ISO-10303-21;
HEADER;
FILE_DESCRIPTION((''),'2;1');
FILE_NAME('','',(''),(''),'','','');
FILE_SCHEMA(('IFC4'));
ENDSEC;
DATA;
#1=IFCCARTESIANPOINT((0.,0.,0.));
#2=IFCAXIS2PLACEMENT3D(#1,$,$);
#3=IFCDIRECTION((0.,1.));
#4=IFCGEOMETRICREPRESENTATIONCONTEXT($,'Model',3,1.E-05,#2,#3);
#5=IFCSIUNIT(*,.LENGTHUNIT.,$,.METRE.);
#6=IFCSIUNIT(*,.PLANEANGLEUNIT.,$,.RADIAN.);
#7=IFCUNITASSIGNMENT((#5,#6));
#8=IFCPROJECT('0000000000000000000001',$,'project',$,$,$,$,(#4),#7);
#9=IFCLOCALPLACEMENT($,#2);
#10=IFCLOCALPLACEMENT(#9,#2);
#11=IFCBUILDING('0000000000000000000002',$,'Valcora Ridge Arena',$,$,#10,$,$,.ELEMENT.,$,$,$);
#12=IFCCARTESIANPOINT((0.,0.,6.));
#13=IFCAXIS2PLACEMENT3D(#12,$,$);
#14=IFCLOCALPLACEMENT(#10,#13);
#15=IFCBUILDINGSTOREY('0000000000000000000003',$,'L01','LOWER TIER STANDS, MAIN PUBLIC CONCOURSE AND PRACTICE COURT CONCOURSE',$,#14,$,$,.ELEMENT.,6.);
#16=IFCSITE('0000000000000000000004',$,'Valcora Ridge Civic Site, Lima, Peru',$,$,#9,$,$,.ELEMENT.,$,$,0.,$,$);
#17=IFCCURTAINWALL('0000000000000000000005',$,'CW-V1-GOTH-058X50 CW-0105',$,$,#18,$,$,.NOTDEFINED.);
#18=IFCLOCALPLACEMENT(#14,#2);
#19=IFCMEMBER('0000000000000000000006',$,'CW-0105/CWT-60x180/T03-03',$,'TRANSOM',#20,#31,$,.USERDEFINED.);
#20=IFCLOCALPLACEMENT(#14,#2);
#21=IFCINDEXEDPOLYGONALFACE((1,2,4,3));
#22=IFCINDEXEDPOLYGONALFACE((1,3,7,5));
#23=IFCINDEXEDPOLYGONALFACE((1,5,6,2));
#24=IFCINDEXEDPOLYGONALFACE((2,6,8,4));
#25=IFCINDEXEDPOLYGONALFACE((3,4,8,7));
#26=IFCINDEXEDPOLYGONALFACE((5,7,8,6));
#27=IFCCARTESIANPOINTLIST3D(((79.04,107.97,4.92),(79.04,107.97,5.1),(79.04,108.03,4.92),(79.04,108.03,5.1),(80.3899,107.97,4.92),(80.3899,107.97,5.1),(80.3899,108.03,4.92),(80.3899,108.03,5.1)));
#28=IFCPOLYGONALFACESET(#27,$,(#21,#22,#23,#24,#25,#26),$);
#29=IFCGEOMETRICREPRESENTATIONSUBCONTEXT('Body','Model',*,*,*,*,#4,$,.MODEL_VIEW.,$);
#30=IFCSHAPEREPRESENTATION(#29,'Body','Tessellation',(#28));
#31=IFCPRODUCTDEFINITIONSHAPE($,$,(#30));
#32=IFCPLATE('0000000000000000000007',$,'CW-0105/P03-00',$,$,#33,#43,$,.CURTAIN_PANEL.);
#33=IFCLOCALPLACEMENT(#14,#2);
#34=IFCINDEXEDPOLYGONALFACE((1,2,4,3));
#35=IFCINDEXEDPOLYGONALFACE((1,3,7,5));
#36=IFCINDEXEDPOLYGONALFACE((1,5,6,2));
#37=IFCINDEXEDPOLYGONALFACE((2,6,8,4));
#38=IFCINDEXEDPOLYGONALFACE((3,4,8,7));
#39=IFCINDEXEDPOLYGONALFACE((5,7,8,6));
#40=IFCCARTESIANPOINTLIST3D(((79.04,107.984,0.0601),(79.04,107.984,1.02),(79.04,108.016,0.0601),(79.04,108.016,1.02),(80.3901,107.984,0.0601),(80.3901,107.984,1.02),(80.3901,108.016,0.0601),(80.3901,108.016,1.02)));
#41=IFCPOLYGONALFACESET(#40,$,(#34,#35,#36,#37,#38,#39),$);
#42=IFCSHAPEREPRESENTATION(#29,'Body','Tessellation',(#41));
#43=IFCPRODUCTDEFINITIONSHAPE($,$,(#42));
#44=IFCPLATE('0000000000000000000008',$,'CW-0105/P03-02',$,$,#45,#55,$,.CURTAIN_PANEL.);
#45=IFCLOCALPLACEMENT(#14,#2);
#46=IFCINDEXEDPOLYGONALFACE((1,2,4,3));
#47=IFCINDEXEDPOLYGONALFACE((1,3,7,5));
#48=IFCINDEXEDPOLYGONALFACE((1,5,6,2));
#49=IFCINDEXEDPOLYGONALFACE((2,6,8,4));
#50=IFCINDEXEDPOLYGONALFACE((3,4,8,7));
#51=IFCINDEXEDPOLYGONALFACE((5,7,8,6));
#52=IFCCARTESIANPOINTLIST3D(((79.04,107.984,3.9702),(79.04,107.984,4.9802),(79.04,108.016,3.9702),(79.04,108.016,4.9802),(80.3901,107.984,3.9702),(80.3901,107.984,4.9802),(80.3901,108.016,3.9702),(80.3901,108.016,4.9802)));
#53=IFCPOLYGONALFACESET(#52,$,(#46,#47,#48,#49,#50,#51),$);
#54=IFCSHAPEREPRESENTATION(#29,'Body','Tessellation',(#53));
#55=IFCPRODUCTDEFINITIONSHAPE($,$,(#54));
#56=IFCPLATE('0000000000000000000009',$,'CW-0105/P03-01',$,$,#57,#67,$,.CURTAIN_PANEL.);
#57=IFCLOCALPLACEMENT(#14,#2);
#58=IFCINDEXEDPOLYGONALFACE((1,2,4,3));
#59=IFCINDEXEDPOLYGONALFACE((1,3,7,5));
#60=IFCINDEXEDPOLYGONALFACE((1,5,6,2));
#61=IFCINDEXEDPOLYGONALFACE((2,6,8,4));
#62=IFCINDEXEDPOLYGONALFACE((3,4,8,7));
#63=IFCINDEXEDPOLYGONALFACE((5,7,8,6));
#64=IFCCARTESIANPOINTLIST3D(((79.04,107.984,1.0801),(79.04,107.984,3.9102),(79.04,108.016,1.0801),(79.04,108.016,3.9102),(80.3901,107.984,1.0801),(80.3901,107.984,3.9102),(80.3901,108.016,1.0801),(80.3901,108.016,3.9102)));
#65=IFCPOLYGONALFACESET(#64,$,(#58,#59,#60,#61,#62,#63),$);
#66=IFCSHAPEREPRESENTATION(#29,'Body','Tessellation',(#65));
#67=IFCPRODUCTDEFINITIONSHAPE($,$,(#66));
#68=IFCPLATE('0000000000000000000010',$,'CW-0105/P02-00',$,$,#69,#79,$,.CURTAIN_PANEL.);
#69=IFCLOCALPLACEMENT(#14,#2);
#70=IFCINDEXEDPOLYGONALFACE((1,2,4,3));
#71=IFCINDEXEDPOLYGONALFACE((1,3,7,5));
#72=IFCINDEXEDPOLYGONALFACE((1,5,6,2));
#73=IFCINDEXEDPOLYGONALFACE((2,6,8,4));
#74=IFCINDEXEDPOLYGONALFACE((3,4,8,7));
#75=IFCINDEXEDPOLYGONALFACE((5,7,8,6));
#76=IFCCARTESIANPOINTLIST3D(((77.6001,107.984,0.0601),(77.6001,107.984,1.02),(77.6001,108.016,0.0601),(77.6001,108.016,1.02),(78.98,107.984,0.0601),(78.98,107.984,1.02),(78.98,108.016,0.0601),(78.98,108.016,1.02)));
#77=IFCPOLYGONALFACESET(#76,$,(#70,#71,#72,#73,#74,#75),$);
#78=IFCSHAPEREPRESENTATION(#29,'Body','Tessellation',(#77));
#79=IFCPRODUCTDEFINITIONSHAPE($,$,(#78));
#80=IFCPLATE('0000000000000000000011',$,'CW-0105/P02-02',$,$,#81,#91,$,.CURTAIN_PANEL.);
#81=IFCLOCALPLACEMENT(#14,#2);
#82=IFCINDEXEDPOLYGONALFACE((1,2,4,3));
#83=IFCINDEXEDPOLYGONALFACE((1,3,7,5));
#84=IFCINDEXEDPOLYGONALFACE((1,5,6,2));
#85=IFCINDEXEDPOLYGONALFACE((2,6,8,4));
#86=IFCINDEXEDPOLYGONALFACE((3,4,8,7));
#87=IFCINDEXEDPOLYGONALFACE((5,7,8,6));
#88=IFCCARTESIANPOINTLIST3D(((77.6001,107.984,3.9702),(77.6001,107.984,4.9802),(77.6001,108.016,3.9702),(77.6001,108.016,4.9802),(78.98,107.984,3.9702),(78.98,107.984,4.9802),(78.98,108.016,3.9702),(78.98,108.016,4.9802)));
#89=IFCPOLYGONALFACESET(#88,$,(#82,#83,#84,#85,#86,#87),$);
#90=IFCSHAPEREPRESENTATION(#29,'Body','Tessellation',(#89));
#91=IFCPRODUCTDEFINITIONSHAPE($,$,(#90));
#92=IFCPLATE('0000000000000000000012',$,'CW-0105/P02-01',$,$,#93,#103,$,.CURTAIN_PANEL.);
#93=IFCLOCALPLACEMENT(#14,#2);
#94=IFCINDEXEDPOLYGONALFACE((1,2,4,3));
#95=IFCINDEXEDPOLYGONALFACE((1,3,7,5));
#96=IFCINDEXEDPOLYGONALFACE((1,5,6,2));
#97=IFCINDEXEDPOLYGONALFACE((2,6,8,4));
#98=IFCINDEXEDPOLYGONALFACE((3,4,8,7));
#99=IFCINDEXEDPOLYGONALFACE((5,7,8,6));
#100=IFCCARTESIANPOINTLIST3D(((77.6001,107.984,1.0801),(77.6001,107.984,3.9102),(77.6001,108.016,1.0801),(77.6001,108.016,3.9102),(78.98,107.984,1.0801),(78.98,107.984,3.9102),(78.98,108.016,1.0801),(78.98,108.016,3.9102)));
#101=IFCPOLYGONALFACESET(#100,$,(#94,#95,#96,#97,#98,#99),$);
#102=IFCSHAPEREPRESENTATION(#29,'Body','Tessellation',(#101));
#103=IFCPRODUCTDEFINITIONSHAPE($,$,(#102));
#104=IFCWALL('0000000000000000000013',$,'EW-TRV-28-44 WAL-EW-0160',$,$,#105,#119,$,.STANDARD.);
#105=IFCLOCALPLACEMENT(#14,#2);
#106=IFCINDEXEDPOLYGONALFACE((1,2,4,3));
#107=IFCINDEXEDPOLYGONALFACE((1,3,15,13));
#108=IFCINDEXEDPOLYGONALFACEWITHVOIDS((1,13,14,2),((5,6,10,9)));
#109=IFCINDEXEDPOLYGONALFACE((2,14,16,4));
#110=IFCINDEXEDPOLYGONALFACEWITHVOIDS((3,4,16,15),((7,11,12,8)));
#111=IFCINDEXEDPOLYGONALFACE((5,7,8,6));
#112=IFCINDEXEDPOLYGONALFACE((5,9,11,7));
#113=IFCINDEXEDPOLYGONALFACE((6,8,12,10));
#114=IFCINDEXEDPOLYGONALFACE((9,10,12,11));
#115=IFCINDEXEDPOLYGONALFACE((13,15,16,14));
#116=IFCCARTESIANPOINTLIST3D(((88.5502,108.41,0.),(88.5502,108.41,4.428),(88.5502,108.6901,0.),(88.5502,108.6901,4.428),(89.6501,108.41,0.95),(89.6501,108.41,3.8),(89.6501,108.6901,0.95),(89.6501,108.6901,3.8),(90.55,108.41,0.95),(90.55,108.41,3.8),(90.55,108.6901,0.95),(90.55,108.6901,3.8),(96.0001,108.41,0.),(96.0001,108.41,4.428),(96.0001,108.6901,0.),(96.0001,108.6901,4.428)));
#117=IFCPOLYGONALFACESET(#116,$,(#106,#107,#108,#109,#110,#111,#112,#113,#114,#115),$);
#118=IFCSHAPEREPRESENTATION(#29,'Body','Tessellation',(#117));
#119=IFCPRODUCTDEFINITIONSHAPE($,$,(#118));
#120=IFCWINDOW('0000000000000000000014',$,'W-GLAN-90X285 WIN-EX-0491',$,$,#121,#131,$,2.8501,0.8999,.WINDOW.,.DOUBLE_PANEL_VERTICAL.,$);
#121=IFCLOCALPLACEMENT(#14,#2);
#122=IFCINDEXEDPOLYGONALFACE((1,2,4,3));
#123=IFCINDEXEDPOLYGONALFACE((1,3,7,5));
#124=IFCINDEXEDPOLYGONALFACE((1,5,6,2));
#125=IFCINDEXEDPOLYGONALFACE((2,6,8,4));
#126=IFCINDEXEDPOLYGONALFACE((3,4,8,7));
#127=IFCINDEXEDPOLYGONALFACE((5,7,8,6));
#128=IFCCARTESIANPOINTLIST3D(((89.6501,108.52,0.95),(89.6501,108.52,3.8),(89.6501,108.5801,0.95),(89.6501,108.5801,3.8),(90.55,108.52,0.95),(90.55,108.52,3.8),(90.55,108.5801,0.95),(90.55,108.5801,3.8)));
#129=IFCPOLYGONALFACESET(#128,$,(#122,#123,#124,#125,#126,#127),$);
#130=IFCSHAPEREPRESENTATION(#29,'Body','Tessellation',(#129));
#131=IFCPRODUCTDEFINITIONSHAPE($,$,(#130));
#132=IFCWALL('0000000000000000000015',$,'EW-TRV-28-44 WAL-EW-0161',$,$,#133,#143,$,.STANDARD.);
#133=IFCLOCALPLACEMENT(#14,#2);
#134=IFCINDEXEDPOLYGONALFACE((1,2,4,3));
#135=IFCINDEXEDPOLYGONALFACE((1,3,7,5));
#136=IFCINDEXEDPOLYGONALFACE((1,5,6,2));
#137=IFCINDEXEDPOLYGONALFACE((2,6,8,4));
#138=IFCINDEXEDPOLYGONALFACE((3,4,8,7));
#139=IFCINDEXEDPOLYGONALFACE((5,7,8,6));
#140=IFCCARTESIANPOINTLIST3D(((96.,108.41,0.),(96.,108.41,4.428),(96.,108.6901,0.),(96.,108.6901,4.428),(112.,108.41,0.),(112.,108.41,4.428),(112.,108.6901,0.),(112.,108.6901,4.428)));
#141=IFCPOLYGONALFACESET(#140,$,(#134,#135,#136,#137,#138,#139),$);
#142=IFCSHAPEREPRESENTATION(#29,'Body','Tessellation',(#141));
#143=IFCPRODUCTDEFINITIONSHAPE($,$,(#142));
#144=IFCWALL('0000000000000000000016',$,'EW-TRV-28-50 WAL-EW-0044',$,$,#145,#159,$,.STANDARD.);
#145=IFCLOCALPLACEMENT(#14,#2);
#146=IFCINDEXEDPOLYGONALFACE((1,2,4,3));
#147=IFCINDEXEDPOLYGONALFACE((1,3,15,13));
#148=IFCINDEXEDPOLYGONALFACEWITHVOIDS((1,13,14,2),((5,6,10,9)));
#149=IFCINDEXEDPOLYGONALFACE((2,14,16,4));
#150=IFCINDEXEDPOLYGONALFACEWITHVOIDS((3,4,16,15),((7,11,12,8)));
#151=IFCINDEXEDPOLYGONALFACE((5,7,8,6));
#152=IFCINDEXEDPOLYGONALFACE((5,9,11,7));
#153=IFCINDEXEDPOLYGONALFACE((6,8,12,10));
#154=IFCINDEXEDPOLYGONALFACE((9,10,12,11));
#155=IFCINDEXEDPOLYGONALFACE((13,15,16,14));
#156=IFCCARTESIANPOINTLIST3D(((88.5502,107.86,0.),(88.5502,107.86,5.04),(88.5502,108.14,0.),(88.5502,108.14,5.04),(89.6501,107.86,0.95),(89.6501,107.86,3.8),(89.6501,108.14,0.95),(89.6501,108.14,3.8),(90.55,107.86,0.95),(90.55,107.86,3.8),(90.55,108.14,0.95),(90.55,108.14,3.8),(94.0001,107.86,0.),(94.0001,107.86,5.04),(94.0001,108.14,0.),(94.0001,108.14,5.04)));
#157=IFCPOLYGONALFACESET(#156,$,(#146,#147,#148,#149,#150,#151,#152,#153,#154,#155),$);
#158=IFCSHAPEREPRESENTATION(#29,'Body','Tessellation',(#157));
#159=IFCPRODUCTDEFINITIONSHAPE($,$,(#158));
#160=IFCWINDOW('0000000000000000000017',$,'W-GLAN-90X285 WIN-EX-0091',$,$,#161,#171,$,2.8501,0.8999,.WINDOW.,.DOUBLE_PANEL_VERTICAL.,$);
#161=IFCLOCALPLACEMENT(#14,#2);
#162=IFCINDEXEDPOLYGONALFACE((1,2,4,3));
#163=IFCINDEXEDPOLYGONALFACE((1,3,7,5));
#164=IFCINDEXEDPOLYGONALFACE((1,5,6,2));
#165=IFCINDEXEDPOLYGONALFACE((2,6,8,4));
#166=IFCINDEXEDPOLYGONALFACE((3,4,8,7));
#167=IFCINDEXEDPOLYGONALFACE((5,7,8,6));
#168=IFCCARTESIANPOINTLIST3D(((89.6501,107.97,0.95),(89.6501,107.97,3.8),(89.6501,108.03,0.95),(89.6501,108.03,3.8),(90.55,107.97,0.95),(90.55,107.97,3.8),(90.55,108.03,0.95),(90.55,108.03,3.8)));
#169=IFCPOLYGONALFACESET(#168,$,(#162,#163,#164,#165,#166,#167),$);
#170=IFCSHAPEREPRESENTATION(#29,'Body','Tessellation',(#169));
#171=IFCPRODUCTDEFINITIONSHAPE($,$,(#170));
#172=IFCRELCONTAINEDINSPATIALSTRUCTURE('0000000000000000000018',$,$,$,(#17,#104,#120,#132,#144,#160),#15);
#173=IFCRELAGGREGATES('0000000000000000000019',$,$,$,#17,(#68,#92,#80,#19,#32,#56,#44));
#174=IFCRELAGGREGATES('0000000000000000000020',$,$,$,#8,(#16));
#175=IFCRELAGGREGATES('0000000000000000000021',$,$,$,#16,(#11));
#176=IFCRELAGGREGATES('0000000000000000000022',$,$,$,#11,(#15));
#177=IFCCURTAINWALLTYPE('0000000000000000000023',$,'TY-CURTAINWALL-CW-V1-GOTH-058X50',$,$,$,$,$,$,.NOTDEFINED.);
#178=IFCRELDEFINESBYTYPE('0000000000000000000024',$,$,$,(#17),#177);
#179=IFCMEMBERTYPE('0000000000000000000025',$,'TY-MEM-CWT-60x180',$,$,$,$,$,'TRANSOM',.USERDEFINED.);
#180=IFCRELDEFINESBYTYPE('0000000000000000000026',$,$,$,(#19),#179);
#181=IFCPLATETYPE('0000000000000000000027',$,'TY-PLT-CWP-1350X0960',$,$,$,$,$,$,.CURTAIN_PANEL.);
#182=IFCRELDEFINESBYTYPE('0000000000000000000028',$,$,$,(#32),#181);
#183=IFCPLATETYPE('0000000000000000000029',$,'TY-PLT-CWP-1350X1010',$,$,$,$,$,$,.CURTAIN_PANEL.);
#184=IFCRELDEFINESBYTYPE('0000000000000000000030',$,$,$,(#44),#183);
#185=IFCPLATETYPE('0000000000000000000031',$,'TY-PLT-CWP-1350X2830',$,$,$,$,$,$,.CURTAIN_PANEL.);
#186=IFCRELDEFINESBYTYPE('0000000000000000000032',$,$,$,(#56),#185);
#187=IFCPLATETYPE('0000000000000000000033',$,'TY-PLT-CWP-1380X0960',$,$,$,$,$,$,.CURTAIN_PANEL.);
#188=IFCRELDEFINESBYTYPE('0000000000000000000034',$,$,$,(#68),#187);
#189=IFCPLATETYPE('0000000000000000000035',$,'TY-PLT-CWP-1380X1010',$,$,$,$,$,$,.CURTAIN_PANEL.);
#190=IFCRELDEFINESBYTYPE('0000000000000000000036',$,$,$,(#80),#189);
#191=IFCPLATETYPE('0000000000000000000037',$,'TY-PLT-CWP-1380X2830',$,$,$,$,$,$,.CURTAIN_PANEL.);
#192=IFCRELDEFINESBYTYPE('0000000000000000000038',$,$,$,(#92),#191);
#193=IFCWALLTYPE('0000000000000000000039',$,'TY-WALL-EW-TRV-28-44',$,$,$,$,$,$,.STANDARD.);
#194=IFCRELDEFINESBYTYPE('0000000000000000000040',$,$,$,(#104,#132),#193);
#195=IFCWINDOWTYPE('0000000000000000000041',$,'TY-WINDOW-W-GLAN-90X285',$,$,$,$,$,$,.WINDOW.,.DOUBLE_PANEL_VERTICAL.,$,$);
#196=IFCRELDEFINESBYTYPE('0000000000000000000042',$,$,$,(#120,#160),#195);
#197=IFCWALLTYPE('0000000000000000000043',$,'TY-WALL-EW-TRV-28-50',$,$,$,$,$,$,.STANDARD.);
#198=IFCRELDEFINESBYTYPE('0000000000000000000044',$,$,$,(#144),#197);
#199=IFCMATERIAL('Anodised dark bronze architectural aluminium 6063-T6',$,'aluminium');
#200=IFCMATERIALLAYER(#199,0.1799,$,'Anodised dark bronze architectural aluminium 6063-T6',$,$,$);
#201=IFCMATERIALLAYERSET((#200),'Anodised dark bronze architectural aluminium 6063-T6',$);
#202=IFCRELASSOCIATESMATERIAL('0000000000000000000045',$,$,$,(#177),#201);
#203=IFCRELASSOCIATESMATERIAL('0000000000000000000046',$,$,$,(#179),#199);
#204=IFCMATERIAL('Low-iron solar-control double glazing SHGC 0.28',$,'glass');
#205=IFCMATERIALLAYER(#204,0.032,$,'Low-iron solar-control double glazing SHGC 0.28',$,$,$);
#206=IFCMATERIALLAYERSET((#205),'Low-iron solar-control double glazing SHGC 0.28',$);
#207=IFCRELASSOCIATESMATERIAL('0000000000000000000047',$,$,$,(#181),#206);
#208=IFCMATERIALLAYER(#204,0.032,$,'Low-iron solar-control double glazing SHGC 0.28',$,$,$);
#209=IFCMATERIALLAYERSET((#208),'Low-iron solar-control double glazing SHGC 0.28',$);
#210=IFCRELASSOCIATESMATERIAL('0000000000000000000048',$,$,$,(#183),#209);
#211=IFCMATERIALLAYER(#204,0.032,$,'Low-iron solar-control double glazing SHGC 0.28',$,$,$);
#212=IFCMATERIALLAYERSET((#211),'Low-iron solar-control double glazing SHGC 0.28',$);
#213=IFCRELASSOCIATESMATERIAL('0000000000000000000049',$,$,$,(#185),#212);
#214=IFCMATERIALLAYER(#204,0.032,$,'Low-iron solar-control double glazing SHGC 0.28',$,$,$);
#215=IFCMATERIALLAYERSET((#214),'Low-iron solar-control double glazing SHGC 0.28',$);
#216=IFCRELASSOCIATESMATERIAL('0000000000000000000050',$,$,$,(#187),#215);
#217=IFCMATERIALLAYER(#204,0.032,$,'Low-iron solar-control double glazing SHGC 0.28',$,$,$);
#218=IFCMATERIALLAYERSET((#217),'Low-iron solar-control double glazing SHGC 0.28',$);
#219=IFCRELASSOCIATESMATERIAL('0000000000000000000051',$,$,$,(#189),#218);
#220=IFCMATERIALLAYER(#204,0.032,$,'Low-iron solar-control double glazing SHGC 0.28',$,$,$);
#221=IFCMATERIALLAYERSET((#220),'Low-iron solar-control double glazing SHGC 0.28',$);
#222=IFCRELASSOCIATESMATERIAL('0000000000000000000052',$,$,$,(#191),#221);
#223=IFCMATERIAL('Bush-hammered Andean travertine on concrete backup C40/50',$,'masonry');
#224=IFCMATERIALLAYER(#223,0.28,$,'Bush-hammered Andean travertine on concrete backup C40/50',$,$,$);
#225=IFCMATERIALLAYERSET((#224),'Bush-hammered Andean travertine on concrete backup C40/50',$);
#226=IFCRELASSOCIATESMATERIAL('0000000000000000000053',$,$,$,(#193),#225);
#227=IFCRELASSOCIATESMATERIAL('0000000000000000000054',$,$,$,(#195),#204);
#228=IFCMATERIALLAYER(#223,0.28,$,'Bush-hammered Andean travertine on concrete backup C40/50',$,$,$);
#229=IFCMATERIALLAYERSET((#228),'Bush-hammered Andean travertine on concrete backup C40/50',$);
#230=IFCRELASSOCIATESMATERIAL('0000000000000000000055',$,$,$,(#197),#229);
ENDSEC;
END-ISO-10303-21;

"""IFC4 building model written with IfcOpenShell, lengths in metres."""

from ifc_helpers import new_model, si_unit, direction, frame, frame_2d, origin, origin_2d, place, context, subcontext, project, spatial, rectangle, extrude, material, layer, layer_set, material_profile, profile_set, type_object, element, fill, aggregate, save


model = new_model("IFC4")

# Units and contexts
model_context = context("Model", 3, precision=1e-05, world=origin(), true_north=direction((0.0, 1.0)))
body_context = subcontext(model_context, "Body", "Model", "MODEL_VIEW")
ifc_project = project(units=[si_unit("LENGTHUNIT", "METRE"), si_unit("PLANEANGLEUNIT", "RADIAN")], contexts=[model_context])

# Site, building, storey
site_placement = place(None, origin())
site = spatial("IfcSite", under=ifc_project, at=site_placement, Name="Valcora Ridge Civic Site, Lima, Peru", CompositionType="ELEMENT", RefElevation=0.0)
building_placement = place(site_placement, origin())
building = spatial("IfcBuilding", under=site, at=building_placement, Name="Valcora Ridge Arena", CompositionType="ELEMENT")
storey_placement = place(building_placement, frame((0.0, 0.0, 6.0)))
storey = spatial("IfcBuildingStorey", under=building, at=storey_placement, Name="L01", Description="LOWER TIER STANDS, MAIN PUBLIC CONCOURSE AND PRACTICE COURT CONCOURSE", CompositionType="ELEMENT", Elevation=6.0)

# Curtain wall, member, plates
ifc_material_1 = material(Name="Anodised dark bronze architectural aluminium 6063-T6", Category="aluminium")
ifc_layer_1 = layer(ifc_material_1, 0.1799, Name="Anodised dark bronze architectural aluminium 6063-T6")
ifc_layer_set_1 = layer_set([ifc_layer_1], Name="Anodised dark bronze architectural aluminium 6063-T6")
curtain_wall_type = type_object("IfcCurtainWallType", Name="TY-CURTAINWALL-CW-V1-GOTH-058X50", PredefinedType="NOTDEFINED", material=ifc_layer_set_1)
curtain_wall_placement = place(storey_placement, origin())
curtain_wall = element("IfcCurtainWall", 1, at=curtain_wall_placement, inside=storey, type_object=curtain_wall_type, Name="CW-V1-GOTH-058X50 CW-0105", PredefinedType="NOTDEFINED")
ifc_material_profile_1 = material_profile(ifc_material_1, rectangle(XDim=0.0601, YDim=0.1799, at=origin_2d()), Name="ALU TRANSOM 60x180")
ifc_profile_set_1 = profile_set([ifc_material_profile_1], Name="Anodised dark bronze architectural aluminium 6063-T6")
member_type_1 = type_object("IfcMemberType", Name="TY-MEM-CWT-60x180", ElementType="TRANSOM", PredefinedType="USERDEFINED", material=ifc_profile_set_1)
member_1_placement = place(storey_placement, frame((79.04, 108.0, 5.01), z_axis=(1.0, 0.0, 0.0), x_axis=(0.0, 1.0, 0.0)))
member_1 = element("IfcMember", 2, at=member_1_placement, type_object=member_type_1, Name="CW-0105/CWT-60x180/T03-03", ObjectType="TRANSOM", PredefinedType="USERDEFINED", context=body_context, shape_type="SweptSolid", body=[
    extrude(rectangle(XDim=0.0601, YDim=0.1799, at=origin_2d()), origin(), (0.0, 0.0, 1.0), 1.3499),
])
ifc_material_2 = material(Name="Low-iron solar-control double glazing SHGC 0.28", Category="glass")
ifc_layer_2 = layer(ifc_material_2, 0.032, Name="Low-iron solar-control double glazing SHGC 0.28")
ifc_layer_set_2 = layer_set([ifc_layer_2], Name="Low-iron solar-control double glazing SHGC 0.28")
plate_type_1 = type_object("IfcPlateType", Name="TY-PLT-CWP-1350X0960", PredefinedType="CURTAIN_PANEL", material=ifc_layer_set_2)
plate_1_placement = place(storey_placement, frame((79.7151, 108.0, 0.0601), z_axis=(0.0, 0.0, 1.0), x_axis=(1.0, 0.0, 0.0)))
plate_1 = element("IfcPlate", 3, at=plate_1_placement, type_object=plate_type_1, Name="CW-0105/P03-00", PredefinedType="CURTAIN_PANEL", context=body_context, shape_type="SweptSolid", body=[
    extrude(rectangle(XDim=1.3501, YDim=0.032, at=origin_2d()), origin(), (0.0, 0.0, 1.0), 0.96),
])
ifc_layer_3 = layer(ifc_material_2, 0.032, Name="Low-iron solar-control double glazing SHGC 0.28")
ifc_layer_set_3 = layer_set([ifc_layer_3], Name="Low-iron solar-control double glazing SHGC 0.28")
plate_type_2 = type_object("IfcPlateType", Name="TY-PLT-CWP-1350X1010", PredefinedType="CURTAIN_PANEL", material=ifc_layer_set_3)
plate_2_placement = place(storey_placement, frame((79.7151, 108.0, 3.9702), z_axis=(0.0, 0.0, 1.0), x_axis=(1.0, 0.0, 0.0)))
plate_2 = element("IfcPlate", 4, at=plate_2_placement, type_object=plate_type_2, Name="CW-0105/P03-02", PredefinedType="CURTAIN_PANEL", context=body_context, shape_type="SweptSolid", body=[
    extrude(rectangle(XDim=1.3501, YDim=0.032, at=origin_2d()), origin(), (0.0, 0.0, 1.0), 1.01),
])
ifc_layer_4 = layer(ifc_material_2, 0.032, Name="Low-iron solar-control double glazing SHGC 0.28")
ifc_layer_set_4 = layer_set([ifc_layer_4], Name="Low-iron solar-control double glazing SHGC 0.28")
plate_type_3 = type_object("IfcPlateType", Name="TY-PLT-CWP-1350X2830", PredefinedType="CURTAIN_PANEL", material=ifc_layer_set_4)
plate_3_placement = place(storey_placement, frame((79.7151, 108.0, 1.0801), z_axis=(0.0, 0.0, 1.0), x_axis=(1.0, 0.0, 0.0)))
plate_3 = element("IfcPlate", 5, at=plate_3_placement, type_object=plate_type_3, Name="CW-0105/P03-01", PredefinedType="CURTAIN_PANEL", context=body_context, shape_type="SweptSolid", body=[
    extrude(rectangle(XDim=1.3501, YDim=0.032, at=origin_2d()), origin(), (0.0, 0.0, 1.0), 2.8301),
])
ifc_layer_5 = layer(ifc_material_2, 0.032, Name="Low-iron solar-control double glazing SHGC 0.28")
ifc_layer_set_5 = layer_set([ifc_layer_5], Name="Low-iron solar-control double glazing SHGC 0.28")
plate_type_4 = type_object("IfcPlateType", Name="TY-PLT-CWP-1380X0960", PredefinedType="CURTAIN_PANEL", material=ifc_layer_set_5)
plate_4_placement = place(storey_placement, frame((78.29, 108.0, 0.0601), z_axis=(0.0, 0.0, 1.0), x_axis=(1.0, 0.0, 0.0)))
plate_4 = element("IfcPlate", 6, at=plate_4_placement, type_object=plate_type_4, Name="CW-0105/P02-00", PredefinedType="CURTAIN_PANEL", context=body_context, shape_type="SweptSolid", body=[
    extrude(rectangle(XDim=1.3799, YDim=0.032, at=origin_2d()), origin(), (0.0, 0.0, 1.0), 0.96),
])
ifc_layer_6 = layer(ifc_material_2, 0.032, Name="Low-iron solar-control double glazing SHGC 0.28")
ifc_layer_set_6 = layer_set([ifc_layer_6], Name="Low-iron solar-control double glazing SHGC 0.28")
plate_type_5 = type_object("IfcPlateType", Name="TY-PLT-CWP-1380X1010", PredefinedType="CURTAIN_PANEL", material=ifc_layer_set_6)
plate_5_placement = place(storey_placement, frame((78.29, 108.0, 3.9702), z_axis=(0.0, 0.0, 1.0), x_axis=(1.0, 0.0, 0.0)))
plate_5 = element("IfcPlate", 7, at=plate_5_placement, type_object=plate_type_5, Name="CW-0105/P02-02", PredefinedType="CURTAIN_PANEL", context=body_context, shape_type="SweptSolid", body=[
    extrude(rectangle(XDim=1.3799, YDim=0.032, at=origin_2d()), origin(), (0.0, 0.0, 1.0), 1.01),
])
ifc_layer_7 = layer(ifc_material_2, 0.032, Name="Low-iron solar-control double glazing SHGC 0.28")
ifc_layer_set_7 = layer_set([ifc_layer_7], Name="Low-iron solar-control double glazing SHGC 0.28")
plate_type_6 = type_object("IfcPlateType", Name="TY-PLT-CWP-1380X2830", PredefinedType="CURTAIN_PANEL", material=ifc_layer_set_7)
plate_6_placement = place(storey_placement, frame((78.29, 108.0, 1.0801), z_axis=(0.0, 0.0, 1.0), x_axis=(1.0, 0.0, 0.0)))
plate_6 = element("IfcPlate", 8, at=plate_6_placement, type_object=plate_type_6, Name="CW-0105/P02-01", PredefinedType="CURTAIN_PANEL", context=body_context, shape_type="SweptSolid", body=[
    extrude(rectangle(XDim=1.3799, YDim=0.032, at=origin_2d()), origin(), (0.0, 0.0, 1.0), 2.8301),
])
aggregate(curtain_wall, [plate_4, plate_6, plate_5, member_1, plate_1, plate_3, plate_2])

# Wall, opening, window
ifc_material_3 = material(Name="Bush-hammered Andean travertine on concrete backup C40/50", Category="masonry")
ifc_layer_8 = layer(ifc_material_3, 0.28, Name="Bush-hammered Andean travertine on concrete backup C40/50")
ifc_layer_set_8 = layer_set([ifc_layer_8], Name="Bush-hammered Andean travertine on concrete backup C40/50")
wall_type_1 = type_object("IfcWallType", Name="TY-WALL-EW-TRV-28-44", PredefinedType="STANDARD", material=ifc_layer_set_8)
wall_1_placement = place(storey_placement, frame((88.55, 108.55, 0.0), z_axis=(0.0, 0.0, 1.0), x_axis=(1.0, 0.0, 0.0)))
wall_1 = element("IfcWall", 9, at=wall_1_placement, inside=storey, type_object=wall_type_1, Name="EW-TRV-28-44 WAL-EW-0160", PredefinedType="STANDARD", context=body_context, shape_type="SweptSolid", body=[
    extrude(rectangle(XDim=7.45, YDim=0.28, at=frame_2d((3.7251, 0.0))), origin(), (0.0, 0.0, 1.0), 4.428),
])
opening_1_placement = place(wall_1_placement, frame((1.1001, 0.0, 0.95)))
opening_1 = element("IfcOpeningElement", 10, at=opening_1_placement, cuts=wall_1, PredefinedType="OPENING", context=body_context, shape_type="SweptSolid", body=[
    extrude(rectangle(XDim=0.8999, YDim=2.8501, at=frame_2d((0.45, 1.425))), frame((0.0, 0.1499, 0.0), z_axis=(0.0, -1.0, 0.0), x_axis=(1.0, 0.0, 0.0)), (0.0, 0.0, 1.0), 0.3),
])
window_type = type_object("IfcWindowType", Name="TY-WINDOW-W-GLAN-90X285", PartitioningType="DOUBLE_PANEL_VERTICAL", PredefinedType="WINDOW", material=ifc_material_2)
window_1_placement = place(opening_1_placement, origin())
window_1 = element("IfcWindow", 11, at=window_1_placement, inside=storey, type_object=window_type, Name="W-GLAN-90X285 WIN-EX-0491", OverallHeight=2.8501, OverallWidth=0.8999, PartitioningType="DOUBLE_PANEL_VERTICAL", PredefinedType="WINDOW", context=body_context, shape_type="SweptSolid", body=[
    extrude(rectangle(XDim=0.8999, YDim=2.8501, at=frame_2d((0.45, 1.425))), frame((0.0, 0.03, 0.0), z_axis=(0.0, -1.0, 0.0), x_axis=(1.0, 0.0, 0.0)), (0.0, 0.0, 1.0), 0.0601),
])
fill(opening_1, window_1)

# Wall
wall_2_placement = place(storey_placement, frame((96.0, 108.55, 0.0), z_axis=(0.0, 0.0, 1.0), x_axis=(1.0, 0.0, 0.0)))
element("IfcWall", 12, at=wall_2_placement, inside=storey, type_object=wall_type_1, Name="EW-TRV-28-44 WAL-EW-0161", PredefinedType="STANDARD", context=body_context, shape_type="SweptSolid", body=[
    extrude(rectangle(XDim=16.0, YDim=0.28, at=frame_2d((8.0, 0.0))), origin(), (0.0, 0.0, 1.0), 4.428),
])

# Wall, opening, window
ifc_layer_9 = layer(ifc_material_3, 0.28, Name="Bush-hammered Andean travertine on concrete backup C40/50")
ifc_layer_set_9 = layer_set([ifc_layer_9], Name="Bush-hammered Andean travertine on concrete backup C40/50")
wall_type_2 = type_object("IfcWallType", Name="TY-WALL-EW-TRV-28-50", PredefinedType="STANDARD", material=ifc_layer_set_9)
wall_3_placement = place(storey_placement, frame((88.55, 108.0, 0.0), z_axis=(0.0, 0.0, 1.0), x_axis=(1.0, 0.0, 0.0)))
wall_3 = element("IfcWall", 13, at=wall_3_placement, inside=storey, type_object=wall_type_2, Name="EW-TRV-28-50 WAL-EW-0044", PredefinedType="STANDARD", context=body_context, shape_type="SweptSolid", body=[
    extrude(rectangle(XDim=5.45, YDim=0.28, at=frame_2d((2.7251, 0.0))), origin(), (0.0, 0.0, 1.0), 5.04),
])
opening_2_placement = place(wall_3_placement, frame((1.1001, 0.0, 0.95)))
opening_2 = element("IfcOpeningElement", 14, at=opening_2_placement, cuts=wall_3, PredefinedType="OPENING", context=body_context, shape_type="SweptSolid", body=[
    extrude(rectangle(XDim=0.8999, YDim=2.8501, at=frame_2d((0.45, 1.425))), frame((0.0, 0.1499, 0.0), z_axis=(0.0, -1.0, 0.0), x_axis=(1.0, 0.0, 0.0)), (0.0, 0.0, 1.0), 0.3),
])
window_2_placement = place(opening_2_placement, origin())
window_2 = element("IfcWindow", 15, at=window_2_placement, inside=storey, type_object=window_type, Name="W-GLAN-90X285 WIN-EX-0091", OverallHeight=2.8501, OverallWidth=0.8999, PartitioningType="DOUBLE_PANEL_VERTICAL", PredefinedType="WINDOW", context=body_context, shape_type="SweptSolid", body=[
    extrude(rectangle(XDim=0.8999, YDim=2.8501, at=frame_2d((0.45, 1.425))), frame((0.0, 0.03, 0.0), z_axis=(0.0, -1.0, 0.0), x_axis=(1.0, 0.0, 0.0)), (0.0, 0.0, 1.0), 0.0601),
])
fill(opening_2, window_2)

save(model, "model.ifc")
